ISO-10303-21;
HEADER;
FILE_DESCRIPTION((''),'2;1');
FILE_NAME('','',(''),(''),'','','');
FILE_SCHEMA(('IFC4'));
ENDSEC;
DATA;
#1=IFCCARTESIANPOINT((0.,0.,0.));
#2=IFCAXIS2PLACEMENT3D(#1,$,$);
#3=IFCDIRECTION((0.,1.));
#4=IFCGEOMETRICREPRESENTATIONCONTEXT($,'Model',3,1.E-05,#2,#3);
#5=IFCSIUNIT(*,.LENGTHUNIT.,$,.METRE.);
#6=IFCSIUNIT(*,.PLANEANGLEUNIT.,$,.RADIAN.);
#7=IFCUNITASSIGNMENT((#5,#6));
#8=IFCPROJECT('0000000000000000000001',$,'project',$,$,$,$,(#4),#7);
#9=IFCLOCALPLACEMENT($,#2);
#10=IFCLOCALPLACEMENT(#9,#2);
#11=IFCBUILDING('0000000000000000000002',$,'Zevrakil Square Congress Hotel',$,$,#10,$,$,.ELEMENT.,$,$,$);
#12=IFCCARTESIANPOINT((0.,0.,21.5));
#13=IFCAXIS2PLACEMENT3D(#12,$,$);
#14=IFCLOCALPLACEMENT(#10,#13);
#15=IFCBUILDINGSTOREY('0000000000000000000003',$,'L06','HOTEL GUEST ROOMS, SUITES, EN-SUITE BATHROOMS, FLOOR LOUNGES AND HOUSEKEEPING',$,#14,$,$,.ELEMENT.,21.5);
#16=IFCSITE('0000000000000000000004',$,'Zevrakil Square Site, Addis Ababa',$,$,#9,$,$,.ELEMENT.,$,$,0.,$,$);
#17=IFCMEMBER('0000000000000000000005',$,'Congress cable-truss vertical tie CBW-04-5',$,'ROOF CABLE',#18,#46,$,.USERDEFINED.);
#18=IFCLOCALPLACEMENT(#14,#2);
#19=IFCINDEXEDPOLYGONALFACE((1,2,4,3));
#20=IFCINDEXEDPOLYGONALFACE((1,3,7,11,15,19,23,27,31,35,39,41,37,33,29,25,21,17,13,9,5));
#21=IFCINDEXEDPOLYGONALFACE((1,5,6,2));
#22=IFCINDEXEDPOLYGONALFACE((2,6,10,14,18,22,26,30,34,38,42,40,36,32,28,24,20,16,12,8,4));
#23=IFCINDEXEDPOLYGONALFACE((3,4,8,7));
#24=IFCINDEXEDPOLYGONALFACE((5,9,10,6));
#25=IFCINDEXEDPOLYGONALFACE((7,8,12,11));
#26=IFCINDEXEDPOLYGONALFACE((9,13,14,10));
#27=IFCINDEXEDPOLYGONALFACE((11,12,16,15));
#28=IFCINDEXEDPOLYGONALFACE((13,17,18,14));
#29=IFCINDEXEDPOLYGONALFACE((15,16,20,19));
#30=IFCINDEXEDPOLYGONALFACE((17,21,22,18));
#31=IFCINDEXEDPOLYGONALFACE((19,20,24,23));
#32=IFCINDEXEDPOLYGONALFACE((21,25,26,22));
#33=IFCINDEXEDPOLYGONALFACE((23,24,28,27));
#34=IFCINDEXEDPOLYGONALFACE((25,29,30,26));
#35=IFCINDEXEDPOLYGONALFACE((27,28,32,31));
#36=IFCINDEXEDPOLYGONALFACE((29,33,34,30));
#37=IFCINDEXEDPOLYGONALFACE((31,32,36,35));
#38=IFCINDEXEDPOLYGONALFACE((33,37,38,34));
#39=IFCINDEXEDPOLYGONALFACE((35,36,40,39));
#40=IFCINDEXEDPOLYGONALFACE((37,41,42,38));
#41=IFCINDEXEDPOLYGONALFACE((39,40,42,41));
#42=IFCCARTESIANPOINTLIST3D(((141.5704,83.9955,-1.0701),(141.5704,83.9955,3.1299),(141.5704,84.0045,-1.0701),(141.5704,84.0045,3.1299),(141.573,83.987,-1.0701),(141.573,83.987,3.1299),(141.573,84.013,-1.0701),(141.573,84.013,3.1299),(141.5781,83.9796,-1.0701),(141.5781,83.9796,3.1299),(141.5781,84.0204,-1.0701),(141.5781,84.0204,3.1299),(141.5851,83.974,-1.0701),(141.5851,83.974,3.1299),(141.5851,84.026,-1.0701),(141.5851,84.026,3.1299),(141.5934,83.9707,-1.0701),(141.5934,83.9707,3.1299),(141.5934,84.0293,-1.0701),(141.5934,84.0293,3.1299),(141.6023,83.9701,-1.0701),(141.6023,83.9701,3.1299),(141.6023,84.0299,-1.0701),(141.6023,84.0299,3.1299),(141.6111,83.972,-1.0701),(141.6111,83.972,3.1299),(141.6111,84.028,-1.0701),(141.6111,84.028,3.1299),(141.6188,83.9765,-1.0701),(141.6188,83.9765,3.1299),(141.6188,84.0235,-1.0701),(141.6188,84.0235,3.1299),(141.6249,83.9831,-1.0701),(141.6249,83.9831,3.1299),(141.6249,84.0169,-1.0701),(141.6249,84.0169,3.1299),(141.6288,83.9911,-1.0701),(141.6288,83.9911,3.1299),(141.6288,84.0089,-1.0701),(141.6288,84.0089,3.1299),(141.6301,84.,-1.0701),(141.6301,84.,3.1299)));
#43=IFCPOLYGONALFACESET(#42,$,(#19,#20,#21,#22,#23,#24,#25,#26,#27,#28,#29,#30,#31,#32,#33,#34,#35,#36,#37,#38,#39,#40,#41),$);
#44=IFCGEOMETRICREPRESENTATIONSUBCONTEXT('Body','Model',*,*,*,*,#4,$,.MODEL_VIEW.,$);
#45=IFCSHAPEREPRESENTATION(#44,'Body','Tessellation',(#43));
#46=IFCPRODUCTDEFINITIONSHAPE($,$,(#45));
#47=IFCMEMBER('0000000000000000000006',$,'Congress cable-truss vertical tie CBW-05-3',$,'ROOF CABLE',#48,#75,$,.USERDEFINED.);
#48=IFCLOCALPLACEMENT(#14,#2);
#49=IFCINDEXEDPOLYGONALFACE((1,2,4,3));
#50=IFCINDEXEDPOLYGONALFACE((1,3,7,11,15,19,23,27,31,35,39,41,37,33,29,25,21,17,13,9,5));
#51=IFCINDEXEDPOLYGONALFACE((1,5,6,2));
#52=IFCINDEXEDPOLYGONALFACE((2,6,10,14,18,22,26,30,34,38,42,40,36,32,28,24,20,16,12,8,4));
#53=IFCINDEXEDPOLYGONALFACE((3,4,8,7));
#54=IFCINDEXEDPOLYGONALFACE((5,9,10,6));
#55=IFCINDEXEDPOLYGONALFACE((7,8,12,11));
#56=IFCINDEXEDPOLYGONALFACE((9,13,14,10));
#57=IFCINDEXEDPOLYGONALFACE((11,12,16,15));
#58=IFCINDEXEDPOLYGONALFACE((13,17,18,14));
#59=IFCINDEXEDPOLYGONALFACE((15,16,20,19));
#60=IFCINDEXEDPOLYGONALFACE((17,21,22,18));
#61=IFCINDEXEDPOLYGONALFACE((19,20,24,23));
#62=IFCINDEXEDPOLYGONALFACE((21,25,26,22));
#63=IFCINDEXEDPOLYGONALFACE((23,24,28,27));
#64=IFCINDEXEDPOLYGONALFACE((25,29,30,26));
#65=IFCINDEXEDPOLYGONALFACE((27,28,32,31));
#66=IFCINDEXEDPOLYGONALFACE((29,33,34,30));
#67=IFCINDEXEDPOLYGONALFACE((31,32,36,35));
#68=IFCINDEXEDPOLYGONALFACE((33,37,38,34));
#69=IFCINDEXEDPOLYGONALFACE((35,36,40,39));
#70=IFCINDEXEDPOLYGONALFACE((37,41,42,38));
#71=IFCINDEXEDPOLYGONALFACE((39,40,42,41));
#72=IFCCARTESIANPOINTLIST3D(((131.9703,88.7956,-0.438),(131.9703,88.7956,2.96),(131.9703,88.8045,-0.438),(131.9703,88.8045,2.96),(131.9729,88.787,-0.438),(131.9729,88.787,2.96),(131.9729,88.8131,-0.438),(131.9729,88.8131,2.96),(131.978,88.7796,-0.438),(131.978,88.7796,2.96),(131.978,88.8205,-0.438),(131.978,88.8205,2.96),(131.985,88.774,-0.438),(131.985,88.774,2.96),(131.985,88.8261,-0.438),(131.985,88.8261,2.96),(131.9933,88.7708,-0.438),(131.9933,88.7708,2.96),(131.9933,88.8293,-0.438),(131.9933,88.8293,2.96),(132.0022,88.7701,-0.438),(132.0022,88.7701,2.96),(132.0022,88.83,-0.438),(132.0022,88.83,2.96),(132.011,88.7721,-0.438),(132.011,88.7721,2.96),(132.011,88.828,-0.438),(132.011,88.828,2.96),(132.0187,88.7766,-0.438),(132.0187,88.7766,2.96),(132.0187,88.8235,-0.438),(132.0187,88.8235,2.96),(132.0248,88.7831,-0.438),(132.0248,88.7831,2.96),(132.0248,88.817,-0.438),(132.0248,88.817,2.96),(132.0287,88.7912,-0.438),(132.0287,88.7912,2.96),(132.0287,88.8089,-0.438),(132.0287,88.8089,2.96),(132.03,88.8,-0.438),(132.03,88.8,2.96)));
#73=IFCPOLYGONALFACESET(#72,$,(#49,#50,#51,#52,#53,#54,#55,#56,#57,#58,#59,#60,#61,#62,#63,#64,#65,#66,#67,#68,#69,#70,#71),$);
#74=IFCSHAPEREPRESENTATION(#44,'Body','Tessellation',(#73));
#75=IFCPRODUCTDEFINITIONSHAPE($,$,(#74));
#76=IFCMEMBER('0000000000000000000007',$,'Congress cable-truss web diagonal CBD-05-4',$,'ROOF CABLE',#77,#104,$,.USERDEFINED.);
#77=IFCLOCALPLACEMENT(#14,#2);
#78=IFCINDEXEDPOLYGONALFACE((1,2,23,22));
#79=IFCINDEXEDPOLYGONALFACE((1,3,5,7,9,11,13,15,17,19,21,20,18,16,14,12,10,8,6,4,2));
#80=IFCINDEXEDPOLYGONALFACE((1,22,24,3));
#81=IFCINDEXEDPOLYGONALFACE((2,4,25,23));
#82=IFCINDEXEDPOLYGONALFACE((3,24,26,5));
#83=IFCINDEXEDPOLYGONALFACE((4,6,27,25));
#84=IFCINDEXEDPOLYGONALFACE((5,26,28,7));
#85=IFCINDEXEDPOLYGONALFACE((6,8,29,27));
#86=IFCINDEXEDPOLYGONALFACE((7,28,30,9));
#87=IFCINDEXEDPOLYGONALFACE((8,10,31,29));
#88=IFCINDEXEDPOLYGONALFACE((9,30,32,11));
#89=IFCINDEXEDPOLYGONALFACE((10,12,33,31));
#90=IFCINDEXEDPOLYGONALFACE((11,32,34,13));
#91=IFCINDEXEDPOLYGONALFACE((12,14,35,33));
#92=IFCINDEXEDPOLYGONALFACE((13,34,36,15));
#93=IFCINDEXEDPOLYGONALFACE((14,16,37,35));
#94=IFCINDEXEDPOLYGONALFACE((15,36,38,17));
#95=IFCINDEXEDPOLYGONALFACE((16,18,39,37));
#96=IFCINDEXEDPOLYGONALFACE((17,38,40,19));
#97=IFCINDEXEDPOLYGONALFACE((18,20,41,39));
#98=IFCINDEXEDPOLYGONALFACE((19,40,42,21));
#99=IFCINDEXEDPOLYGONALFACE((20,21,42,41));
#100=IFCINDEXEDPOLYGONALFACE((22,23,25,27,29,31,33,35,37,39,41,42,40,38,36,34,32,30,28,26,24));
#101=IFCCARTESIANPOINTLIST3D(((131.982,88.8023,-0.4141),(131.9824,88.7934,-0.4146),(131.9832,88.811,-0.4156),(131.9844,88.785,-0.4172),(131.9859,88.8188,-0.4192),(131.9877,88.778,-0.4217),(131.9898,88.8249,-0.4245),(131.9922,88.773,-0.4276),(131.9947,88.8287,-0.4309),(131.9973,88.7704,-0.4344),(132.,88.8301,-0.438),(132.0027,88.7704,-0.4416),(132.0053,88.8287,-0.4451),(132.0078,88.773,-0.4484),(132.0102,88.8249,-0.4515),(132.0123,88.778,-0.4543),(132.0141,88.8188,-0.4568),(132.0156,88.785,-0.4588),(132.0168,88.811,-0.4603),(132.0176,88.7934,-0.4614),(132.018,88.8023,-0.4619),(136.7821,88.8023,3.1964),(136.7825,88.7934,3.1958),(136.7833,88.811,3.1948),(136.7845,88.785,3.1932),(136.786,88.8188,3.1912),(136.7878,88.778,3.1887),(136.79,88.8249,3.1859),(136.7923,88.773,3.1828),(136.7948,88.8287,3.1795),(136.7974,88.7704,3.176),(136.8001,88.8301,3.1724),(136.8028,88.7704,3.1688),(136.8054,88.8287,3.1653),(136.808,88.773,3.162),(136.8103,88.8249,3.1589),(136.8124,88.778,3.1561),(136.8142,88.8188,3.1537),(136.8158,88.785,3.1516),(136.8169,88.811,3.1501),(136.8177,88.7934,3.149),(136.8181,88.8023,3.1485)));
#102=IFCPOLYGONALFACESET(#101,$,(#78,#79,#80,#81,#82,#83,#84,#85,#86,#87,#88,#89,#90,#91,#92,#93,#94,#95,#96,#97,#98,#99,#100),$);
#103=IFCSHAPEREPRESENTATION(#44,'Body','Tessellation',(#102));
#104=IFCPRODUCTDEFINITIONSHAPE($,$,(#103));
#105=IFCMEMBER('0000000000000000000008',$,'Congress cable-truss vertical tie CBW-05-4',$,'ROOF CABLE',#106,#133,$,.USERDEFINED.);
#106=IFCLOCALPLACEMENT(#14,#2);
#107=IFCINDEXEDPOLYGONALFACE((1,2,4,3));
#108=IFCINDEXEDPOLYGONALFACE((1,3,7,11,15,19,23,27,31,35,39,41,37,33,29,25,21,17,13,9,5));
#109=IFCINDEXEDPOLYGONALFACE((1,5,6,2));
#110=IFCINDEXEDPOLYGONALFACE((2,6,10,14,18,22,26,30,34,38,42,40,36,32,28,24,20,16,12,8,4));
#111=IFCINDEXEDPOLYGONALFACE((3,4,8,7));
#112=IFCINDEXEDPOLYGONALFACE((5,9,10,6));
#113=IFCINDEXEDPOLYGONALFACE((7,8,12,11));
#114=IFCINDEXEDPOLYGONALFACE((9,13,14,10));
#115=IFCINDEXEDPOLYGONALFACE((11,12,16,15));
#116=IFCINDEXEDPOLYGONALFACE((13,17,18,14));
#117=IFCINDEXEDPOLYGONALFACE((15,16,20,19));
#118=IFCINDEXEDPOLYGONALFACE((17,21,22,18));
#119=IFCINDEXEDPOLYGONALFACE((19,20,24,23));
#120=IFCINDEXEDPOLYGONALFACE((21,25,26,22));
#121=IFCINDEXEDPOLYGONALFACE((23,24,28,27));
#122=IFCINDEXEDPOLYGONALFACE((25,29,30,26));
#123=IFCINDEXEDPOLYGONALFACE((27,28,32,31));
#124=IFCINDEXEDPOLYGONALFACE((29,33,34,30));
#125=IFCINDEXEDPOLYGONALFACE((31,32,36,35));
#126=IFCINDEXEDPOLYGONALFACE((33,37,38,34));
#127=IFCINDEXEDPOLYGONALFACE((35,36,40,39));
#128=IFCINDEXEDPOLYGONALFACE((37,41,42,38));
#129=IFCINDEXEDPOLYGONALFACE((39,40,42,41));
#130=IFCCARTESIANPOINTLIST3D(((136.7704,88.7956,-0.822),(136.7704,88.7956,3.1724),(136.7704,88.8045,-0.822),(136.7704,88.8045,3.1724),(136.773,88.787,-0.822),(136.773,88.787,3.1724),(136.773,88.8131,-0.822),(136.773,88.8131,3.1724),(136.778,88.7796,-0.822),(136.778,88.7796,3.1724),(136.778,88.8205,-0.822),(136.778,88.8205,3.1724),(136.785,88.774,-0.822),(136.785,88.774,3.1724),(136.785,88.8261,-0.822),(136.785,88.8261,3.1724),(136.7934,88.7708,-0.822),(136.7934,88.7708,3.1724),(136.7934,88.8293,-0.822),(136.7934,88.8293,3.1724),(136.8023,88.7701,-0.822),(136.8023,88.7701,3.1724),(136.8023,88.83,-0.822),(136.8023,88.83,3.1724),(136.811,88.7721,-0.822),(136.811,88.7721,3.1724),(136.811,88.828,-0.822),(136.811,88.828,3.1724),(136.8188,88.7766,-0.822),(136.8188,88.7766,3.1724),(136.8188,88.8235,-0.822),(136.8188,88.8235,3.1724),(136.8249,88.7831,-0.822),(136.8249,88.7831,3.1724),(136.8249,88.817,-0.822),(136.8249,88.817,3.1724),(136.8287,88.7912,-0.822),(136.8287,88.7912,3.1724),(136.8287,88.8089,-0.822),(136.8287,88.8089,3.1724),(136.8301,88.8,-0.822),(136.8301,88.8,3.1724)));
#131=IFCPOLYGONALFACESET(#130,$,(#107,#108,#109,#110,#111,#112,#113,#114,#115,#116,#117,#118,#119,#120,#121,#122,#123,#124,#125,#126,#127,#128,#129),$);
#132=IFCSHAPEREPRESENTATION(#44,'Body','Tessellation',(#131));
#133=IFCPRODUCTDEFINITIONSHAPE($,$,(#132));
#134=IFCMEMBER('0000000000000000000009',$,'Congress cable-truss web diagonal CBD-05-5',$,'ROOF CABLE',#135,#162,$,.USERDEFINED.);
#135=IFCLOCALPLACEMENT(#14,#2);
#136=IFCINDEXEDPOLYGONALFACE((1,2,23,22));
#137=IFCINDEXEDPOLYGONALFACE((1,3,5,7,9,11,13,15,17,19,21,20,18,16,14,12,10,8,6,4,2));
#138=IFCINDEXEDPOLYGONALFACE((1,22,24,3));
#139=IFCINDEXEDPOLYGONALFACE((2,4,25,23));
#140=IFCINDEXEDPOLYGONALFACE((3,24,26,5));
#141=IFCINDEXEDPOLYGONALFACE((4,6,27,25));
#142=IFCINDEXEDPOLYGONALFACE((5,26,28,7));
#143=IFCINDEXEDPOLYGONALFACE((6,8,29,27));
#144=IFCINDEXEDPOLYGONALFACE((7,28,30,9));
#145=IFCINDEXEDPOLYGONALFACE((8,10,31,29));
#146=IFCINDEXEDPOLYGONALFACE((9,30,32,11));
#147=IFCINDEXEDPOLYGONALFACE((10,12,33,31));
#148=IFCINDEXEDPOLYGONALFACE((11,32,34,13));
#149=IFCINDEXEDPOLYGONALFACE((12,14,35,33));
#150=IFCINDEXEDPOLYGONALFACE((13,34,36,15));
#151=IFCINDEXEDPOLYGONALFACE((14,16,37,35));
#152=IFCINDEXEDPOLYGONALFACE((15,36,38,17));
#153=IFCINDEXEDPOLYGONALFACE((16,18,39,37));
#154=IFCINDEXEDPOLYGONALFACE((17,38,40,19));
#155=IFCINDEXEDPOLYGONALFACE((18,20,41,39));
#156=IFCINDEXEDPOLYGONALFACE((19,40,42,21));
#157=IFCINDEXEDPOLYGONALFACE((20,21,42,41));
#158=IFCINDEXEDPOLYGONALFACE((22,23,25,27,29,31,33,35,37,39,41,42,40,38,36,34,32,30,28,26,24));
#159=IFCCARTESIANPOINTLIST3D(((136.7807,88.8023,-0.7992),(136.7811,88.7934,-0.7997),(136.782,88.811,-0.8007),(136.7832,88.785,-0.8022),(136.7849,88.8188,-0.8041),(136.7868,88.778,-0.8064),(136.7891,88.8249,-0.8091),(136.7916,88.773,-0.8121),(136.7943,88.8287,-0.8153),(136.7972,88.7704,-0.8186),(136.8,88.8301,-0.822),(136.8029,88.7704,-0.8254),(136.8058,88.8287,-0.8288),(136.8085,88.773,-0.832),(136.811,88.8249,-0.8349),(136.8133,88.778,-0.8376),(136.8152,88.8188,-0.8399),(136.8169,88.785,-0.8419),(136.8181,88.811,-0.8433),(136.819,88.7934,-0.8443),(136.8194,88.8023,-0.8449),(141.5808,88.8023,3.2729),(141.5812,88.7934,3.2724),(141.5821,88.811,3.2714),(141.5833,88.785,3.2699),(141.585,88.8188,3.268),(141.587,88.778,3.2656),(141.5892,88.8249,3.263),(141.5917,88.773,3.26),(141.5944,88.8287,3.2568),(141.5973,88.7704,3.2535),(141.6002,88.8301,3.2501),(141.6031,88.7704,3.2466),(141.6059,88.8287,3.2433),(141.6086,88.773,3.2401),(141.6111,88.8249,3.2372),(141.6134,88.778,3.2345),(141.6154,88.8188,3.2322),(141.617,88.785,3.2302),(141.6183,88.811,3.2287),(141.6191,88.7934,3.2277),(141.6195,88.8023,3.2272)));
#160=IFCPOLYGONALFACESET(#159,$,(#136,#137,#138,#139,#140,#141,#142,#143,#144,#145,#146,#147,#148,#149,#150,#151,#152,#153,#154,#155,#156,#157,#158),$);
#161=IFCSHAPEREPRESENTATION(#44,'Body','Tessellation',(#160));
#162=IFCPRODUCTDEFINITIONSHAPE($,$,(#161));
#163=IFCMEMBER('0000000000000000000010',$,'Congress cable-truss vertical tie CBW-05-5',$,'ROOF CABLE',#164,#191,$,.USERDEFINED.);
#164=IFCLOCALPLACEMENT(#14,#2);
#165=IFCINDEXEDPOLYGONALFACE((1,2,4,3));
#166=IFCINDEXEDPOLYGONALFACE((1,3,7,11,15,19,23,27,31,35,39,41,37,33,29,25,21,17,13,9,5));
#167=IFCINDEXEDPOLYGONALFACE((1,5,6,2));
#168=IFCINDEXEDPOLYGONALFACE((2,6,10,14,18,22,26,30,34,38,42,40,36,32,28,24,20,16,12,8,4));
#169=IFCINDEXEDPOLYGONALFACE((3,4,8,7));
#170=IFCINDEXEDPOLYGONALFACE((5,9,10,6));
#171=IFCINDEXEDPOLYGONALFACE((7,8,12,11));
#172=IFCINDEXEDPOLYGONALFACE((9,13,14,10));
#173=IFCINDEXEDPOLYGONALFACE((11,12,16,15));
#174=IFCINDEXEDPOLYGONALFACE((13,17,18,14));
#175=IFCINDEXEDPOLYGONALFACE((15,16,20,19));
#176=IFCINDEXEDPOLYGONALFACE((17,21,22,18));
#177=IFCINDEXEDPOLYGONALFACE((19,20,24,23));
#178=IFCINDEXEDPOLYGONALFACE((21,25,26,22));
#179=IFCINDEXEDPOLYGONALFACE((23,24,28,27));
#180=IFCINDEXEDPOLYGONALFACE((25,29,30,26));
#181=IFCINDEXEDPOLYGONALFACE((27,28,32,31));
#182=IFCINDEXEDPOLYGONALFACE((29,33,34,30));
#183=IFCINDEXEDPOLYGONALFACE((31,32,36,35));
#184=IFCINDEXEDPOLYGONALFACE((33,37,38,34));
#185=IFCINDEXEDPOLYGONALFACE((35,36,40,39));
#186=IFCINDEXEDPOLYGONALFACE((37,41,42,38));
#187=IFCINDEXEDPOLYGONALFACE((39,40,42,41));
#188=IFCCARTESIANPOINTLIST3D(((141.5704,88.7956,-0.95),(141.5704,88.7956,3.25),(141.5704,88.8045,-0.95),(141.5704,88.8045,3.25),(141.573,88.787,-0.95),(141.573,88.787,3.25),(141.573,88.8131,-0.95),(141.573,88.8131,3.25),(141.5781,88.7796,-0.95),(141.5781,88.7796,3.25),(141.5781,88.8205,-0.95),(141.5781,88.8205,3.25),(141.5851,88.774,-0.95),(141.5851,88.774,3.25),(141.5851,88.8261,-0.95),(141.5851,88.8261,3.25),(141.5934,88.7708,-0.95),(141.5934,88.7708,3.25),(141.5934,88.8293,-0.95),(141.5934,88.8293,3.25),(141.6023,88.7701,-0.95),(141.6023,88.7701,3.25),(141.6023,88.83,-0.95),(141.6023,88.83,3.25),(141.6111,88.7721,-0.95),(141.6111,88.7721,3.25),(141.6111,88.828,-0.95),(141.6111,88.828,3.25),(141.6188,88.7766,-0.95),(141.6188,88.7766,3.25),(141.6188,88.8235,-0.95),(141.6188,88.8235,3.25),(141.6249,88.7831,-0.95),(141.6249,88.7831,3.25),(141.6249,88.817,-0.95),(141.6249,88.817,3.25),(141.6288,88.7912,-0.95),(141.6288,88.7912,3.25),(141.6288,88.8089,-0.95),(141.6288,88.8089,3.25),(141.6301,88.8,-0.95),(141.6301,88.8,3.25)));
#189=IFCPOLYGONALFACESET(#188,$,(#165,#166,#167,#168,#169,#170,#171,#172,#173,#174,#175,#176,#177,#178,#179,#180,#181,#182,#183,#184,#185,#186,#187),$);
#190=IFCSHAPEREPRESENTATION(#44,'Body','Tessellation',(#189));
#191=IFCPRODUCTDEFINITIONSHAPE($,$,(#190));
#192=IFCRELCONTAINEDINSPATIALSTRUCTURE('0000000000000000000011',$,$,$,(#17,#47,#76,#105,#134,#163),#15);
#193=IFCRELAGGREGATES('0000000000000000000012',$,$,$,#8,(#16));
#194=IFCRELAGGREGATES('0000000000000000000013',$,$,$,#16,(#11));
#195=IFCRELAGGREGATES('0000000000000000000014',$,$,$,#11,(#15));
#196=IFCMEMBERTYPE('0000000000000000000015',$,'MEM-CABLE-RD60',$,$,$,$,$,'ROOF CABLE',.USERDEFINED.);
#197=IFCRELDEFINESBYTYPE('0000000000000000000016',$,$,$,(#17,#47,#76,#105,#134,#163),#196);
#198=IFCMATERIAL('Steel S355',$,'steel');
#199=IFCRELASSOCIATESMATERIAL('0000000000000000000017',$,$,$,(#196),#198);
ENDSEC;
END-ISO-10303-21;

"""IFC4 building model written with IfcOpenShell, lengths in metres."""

from ifc_helpers import new_model, si_unit, direction, frame, origin, origin_2d, place, context, subcontext, project, spatial, circle, extrude, material, material_profile, profile_set, type_object, element, save


model = new_model("IFC4")

# Units and contexts
model_context = context("Model", 3, precision=1e-05, world=origin(), true_north=direction((0.0, 1.0)))
body_context = subcontext(model_context, "Body", "Model", "MODEL_VIEW")
ifc_project = project(units=[si_unit("LENGTHUNIT", "METRE"), si_unit("PLANEANGLEUNIT", "RADIAN")], contexts=[model_context])

# Site, building, storey
site_placement = place(None, origin())
site = spatial("IfcSite", under=ifc_project, at=site_placement, Name="Zevrakil Square Site, Addis Ababa", CompositionType="ELEMENT", RefElevation=0.0)
building_placement = place(site_placement, origin())
building = spatial("IfcBuilding", under=site, at=building_placement, Name="Zevrakil Square Congress Hotel", CompositionType="ELEMENT")
storey_placement = place(building_placement, frame((0.0, 0.0, 21.5)))
storey = spatial("IfcBuildingStorey", under=building, at=storey_placement, Name="L06", Description="HOTEL GUEST ROOMS, SUITES, EN-SUITE BATHROOMS, FLOOR LOUNGES AND HOUSEKEEPING", CompositionType="ELEMENT", Elevation=21.5)

# Members
ifc_material_1 = material(Name="Steel S355", Category="steel")
ifc_material_profile_1 = material_profile(ifc_material_1, circle(Radius=0.03, at=origin_2d()), Name="CABLE RD60")
ifc_profile_set_1 = profile_set([ifc_material_profile_1], Name="Steel S355")
member_type_1 = type_object("IfcMemberType", Name="MEM-CABLE-RD60", ElementType="ROOF CABLE", PredefinedType="USERDEFINED", material=ifc_profile_set_1)
member_1_placement = place(storey_placement, frame((141.6001, 84.0, -1.0701), z_axis=(0.0, 0.0, 1.0), x_axis=(1.0, 0.0, 0.0)))
element("IfcMember", 1, at=member_1_placement, inside=storey, type_object=member_type_1, Name="Congress cable-truss vertical tie CBW-04-5", ObjectType="ROOF CABLE", PredefinedType="USERDEFINED", context=body_context, shape_type="SweptSolid", body=[
    extrude(circle(Radius=0.03, at=origin_2d()), origin(), (0.0, 0.0, 1.0), 4.2),
])
member_2_placement = place(storey_placement, frame((132.0, 88.8, -0.438), z_axis=(0.0, 0.0, 1.0), x_axis=(1.0, 0.0, 0.0)))
element("IfcMember", 2, at=member_2_placement, inside=storey, type_object=member_type_1, Name="Congress cable-truss vertical tie CBW-05-3", ObjectType="ROOF CABLE", PredefinedType="USERDEFINED", context=body_context, shape_type="SweptSolid", body=[
    extrude(circle(Radius=0.03, at=origin_2d()), origin(), (0.0, 0.0, 1.0), 3.3979),
])
member_3_placement = place(storey_placement, frame((132.0, 88.8, -0.438), z_axis=(0.799175, 0.0, 0.601099), x_axis=(0.0, 1.0, 0.0)))
element("IfcMember", 3, at=member_3_placement, inside=storey, type_object=member_type_1, Name="Congress cable-truss web diagonal CBD-05-4", ObjectType="ROOF CABLE", PredefinedType="USERDEFINED", context=body_context, shape_type="SweptSolid", body=[
    extrude(circle(Radius=0.03, at=origin_2d()), origin(), (0.0, 0.0, 1.0), 6.0063),
])
member_4_placement = place(storey_placement, frame((136.8, 88.8, -0.822), z_axis=(0.0, 0.0, 1.0), x_axis=(1.0, 0.0, 0.0)))
element("IfcMember", 4, at=member_4_placement, inside=storey, type_object=member_type_1, Name="Congress cable-truss vertical tie CBW-05-4", ObjectType="ROOF CABLE", PredefinedType="USERDEFINED", context=body_context, shape_type="SweptSolid", body=[
    extrude(circle(Radius=0.03, at=origin_2d()), origin(), (0.0, 0.0, 1.0), 3.9944),
])
member_5_placement = place(storey_placement, frame((136.8, 88.8, -0.822), z_axis=(0.762568, 0.0, 0.646908), x_axis=(0.0, 1.0, 0.0)))
element("IfcMember", 5, at=member_5_placement, inside=storey, type_object=member_type_1, Name="Congress cable-truss web diagonal CBD-05-5", ObjectType="ROOF CABLE", PredefinedType="USERDEFINED", context=body_context, shape_type="SweptSolid", body=[
    extrude(circle(Radius=0.03, at=origin_2d()), origin(), (0.0, 0.0, 1.0), 6.2947),
])
member_6_placement = place(storey_placement, frame((141.6001, 88.8, -0.95), z_axis=(0.0, 0.0, 1.0), x_axis=(1.0, 0.0, 0.0)))
element("IfcMember", 6, at=member_6_placement, inside=storey, type_object=member_type_1, Name="Congress cable-truss vertical tie CBW-05-5", ObjectType="ROOF CABLE", PredefinedType="USERDEFINED", context=body_context, shape_type="SweptSolid", body=[
    extrude(circle(Radius=0.03, at=origin_2d()), origin(), (0.0, 0.0, 1.0), 4.2),
])

save(model, "model.ifc")
